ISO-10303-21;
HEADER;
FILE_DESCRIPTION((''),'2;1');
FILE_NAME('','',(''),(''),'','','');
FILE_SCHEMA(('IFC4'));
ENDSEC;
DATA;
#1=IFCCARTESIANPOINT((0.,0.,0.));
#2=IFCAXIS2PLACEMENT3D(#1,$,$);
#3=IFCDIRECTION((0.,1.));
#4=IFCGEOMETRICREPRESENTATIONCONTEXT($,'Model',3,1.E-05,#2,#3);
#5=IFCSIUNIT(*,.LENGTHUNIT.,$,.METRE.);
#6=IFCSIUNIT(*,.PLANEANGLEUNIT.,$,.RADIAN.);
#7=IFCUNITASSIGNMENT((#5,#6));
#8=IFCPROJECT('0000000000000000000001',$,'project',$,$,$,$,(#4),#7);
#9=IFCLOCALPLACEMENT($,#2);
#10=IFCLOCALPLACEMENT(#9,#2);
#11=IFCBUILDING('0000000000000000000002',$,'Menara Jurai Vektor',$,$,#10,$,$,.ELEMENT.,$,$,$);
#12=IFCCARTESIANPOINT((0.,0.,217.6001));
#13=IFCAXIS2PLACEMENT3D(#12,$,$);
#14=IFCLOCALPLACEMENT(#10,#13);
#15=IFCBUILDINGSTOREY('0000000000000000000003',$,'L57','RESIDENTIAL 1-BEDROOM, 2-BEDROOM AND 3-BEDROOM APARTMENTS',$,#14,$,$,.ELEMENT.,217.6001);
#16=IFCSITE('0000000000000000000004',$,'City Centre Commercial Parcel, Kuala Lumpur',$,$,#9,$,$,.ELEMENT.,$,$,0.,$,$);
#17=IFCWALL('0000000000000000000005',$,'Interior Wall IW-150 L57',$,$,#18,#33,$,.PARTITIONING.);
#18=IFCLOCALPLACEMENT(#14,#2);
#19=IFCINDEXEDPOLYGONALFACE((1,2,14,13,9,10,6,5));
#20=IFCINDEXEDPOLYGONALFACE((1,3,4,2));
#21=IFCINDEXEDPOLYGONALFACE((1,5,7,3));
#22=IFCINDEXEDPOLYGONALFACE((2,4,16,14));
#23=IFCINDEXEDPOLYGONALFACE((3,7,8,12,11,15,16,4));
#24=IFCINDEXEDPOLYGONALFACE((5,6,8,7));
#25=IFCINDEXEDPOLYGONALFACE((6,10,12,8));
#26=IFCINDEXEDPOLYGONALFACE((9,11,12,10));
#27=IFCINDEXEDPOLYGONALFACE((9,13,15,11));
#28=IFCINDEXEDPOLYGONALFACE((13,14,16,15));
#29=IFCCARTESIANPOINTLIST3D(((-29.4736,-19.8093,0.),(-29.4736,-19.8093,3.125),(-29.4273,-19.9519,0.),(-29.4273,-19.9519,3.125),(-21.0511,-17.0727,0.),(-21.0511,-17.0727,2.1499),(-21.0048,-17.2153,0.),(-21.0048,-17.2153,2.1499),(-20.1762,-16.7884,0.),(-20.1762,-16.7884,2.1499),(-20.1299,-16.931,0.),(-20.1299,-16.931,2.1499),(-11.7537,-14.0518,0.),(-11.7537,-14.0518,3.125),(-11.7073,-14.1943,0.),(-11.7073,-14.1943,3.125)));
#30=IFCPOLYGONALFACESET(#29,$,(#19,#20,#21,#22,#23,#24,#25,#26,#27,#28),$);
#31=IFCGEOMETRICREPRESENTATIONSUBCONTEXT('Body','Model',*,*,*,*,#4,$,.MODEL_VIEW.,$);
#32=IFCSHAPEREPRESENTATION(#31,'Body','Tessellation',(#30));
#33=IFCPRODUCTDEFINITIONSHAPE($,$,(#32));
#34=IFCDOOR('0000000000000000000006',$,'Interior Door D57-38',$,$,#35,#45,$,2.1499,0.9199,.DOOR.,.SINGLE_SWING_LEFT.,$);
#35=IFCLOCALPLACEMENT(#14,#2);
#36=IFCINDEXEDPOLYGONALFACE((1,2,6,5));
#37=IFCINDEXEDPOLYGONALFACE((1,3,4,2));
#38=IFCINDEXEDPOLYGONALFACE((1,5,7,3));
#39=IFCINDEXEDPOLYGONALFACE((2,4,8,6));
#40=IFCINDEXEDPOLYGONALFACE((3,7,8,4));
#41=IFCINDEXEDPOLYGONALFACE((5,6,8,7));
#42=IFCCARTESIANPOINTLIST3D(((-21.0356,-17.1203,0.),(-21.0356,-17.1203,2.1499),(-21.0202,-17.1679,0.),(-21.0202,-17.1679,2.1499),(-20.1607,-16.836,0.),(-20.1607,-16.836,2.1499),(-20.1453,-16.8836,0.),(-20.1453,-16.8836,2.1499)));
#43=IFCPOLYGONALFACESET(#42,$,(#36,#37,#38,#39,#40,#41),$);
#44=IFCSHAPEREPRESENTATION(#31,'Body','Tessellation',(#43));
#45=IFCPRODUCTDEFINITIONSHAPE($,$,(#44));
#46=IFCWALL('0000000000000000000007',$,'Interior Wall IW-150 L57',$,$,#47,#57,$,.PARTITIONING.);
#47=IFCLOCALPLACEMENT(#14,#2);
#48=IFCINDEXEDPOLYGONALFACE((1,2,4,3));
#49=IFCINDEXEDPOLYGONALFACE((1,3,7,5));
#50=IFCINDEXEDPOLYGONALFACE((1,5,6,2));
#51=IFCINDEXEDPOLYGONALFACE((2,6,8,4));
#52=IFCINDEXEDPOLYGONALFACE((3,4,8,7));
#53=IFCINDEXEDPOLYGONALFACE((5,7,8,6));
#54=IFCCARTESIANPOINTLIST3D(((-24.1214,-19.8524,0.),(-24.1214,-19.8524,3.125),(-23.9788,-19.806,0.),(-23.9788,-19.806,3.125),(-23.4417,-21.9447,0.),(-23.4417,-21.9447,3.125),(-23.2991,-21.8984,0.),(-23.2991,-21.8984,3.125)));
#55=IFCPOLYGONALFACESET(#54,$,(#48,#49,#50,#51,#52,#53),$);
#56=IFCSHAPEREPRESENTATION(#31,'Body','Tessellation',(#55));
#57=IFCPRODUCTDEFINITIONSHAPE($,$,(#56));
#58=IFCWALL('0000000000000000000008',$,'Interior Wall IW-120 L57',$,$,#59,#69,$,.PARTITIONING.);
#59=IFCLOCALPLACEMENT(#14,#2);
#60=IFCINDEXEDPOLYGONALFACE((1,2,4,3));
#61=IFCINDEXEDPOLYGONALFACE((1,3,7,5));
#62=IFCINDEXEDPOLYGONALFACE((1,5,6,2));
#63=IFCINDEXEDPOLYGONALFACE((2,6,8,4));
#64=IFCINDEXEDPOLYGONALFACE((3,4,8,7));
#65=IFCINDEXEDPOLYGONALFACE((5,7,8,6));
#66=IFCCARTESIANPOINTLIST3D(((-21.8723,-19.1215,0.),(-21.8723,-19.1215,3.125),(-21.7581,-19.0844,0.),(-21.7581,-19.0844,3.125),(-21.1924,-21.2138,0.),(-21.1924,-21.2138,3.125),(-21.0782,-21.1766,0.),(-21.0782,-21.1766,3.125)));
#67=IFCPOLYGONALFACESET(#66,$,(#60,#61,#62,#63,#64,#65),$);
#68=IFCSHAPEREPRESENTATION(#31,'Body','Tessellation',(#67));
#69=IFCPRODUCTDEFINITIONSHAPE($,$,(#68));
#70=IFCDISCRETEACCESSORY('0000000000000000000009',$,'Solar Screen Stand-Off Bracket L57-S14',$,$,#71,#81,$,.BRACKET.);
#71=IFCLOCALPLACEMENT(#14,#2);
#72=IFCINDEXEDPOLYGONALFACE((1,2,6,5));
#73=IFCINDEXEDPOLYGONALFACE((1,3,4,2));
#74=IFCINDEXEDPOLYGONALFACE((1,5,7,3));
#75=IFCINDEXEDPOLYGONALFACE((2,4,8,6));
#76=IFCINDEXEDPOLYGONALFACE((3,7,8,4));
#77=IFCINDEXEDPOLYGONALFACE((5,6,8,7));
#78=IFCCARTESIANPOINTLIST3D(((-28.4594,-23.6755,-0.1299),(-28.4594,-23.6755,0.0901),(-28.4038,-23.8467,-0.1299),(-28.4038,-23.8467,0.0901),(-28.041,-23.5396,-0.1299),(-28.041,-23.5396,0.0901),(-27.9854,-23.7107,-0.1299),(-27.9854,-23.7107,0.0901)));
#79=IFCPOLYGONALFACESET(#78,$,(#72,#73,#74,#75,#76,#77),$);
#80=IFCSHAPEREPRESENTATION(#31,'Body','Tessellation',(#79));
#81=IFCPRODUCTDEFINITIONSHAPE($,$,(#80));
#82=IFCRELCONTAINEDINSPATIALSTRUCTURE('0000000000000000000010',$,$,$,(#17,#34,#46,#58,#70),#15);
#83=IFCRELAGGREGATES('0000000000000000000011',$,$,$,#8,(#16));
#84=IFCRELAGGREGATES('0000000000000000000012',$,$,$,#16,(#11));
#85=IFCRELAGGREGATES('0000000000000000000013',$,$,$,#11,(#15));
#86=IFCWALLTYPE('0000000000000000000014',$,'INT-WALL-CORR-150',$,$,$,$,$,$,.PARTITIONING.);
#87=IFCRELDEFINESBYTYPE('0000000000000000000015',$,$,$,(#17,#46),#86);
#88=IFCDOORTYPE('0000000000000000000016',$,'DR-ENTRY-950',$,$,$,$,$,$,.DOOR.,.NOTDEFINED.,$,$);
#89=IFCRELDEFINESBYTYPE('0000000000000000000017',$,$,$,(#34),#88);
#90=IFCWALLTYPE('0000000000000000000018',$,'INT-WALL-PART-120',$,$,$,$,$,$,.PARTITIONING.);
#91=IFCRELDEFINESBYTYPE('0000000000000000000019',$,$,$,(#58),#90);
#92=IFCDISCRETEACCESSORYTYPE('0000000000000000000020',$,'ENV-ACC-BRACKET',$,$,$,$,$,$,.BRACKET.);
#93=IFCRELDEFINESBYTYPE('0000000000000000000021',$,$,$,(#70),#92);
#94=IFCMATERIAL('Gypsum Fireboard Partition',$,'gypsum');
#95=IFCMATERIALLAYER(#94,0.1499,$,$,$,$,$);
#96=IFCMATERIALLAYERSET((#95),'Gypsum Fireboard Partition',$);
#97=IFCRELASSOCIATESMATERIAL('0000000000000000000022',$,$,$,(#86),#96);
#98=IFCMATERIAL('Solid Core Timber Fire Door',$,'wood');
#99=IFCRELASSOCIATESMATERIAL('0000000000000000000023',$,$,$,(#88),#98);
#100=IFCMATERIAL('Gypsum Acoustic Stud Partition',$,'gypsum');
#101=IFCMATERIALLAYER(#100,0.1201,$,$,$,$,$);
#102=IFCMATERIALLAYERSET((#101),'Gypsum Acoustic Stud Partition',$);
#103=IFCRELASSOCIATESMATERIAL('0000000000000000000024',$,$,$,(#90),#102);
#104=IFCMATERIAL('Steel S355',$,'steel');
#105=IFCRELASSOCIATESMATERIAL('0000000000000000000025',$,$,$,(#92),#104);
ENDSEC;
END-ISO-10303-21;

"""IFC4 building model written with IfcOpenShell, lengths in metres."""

from ifc_helpers import new_model, si_unit, direction, frame, frame_2d, origin, origin_2d, place, context, subcontext, project, spatial, rectangle, extrude, material, layer, layer_set, type_object, element, fill, save


model = new_model("IFC4")

# Units and contexts
model_context = context("Model", 3, precision=1e-05, world=origin(), true_north=direction((0.0, 1.0)))
body_context = subcontext(model_context, "Body", "Model", "MODEL_VIEW")
ifc_project = project(units=[si_unit("LENGTHUNIT", "METRE"), si_unit("PLANEANGLEUNIT", "RADIAN")], contexts=[model_context])

# Site, building, storey
site_placement = place(None, origin())
site = spatial("IfcSite", under=ifc_project, at=site_placement, Name="City Centre Commercial Parcel, Kuala Lumpur", CompositionType="ELEMENT", RefElevation=0.0)
building_placement = place(site_placement, origin())
building = spatial("IfcBuilding", under=site, at=building_placement, Name="Menara Jurai Vektor", CompositionType="ELEMENT")
storey_placement = place(building_placement, frame((0.0, 0.0, 217.6001)))
storey = spatial("IfcBuildingStorey", under=building, at=storey_placement, Name="L57", Description="RESIDENTIAL 1-BEDROOM, 2-BEDROOM AND 3-BEDROOM APARTMENTS", CompositionType="ELEMENT", Elevation=217.6001)

# Shared definitions
ifc_material_1 = material(Name="Steel S355", Category="steel")

# Shared definitions
ifc_material_2 = material(Name="Gypsum Fireboard Partition", Category="gypsum")
ifc_layer_1 = layer(ifc_material_2, 0.1499)
ifc_layer_set_1 = layer_set([ifc_layer_1], Name="Gypsum Fireboard Partition")
wall_type_1 = type_object("IfcWallType", Name="INT-WALL-CORR-150", PredefinedType="PARTITIONING", material=ifc_layer_set_1)

# Wall, opening, door
wall_1_placement = place(storey_placement, frame((-29.4504, -19.8806, 0.0), z_axis=(0.0, 0.0, 1.0), x_axis=(0.951057, 0.309017, 0.0)))
wall_1 = element("IfcWall", 1, at=wall_1_placement, inside=storey, type_object=wall_type_1, Name="Interior Wall IW-150 L57", PredefinedType="PARTITIONING", context=body_context, shape_type="SweptSolid", body=[
    extrude(rectangle(XDim=18.6318, YDim=0.1499, at=frame_2d((9.3159, 0.0))), origin(), (0.0, 0.0, 1.0), 3.125),
])
opening_1_placement = place(wall_1_placement, frame((8.856, 0.0, 0.0)))
opening_1 = element("IfcOpeningElement", 2, at=opening_1_placement, cuts=wall_1, PredefinedType="OPENING", context=body_context, shape_type="SweptSolid", body=[
    extrude(rectangle(XDim=0.9199, YDim=2.1499, at=frame_2d((0.46, 1.075))), frame((0.0, 0.085, 0.0), z_axis=(0.0, -1.0, 0.0), x_axis=(1.0, 0.0, 0.0)), (0.0, 0.0, 1.0), 0.1699),
])
ifc_material_3 = material(Name="Solid Core Timber Fire Door", Category="wood")
door_type_1 = type_object("IfcDoorType", Name="DR-ENTRY-950", OperationType="NOTDEFINED", PredefinedType="DOOR", material=ifc_material_3)
door_1_placement = place(opening_1_placement, origin())
door_1 = element("IfcDoor", 3, at=door_1_placement, inside=storey, type_object=door_type_1, Name="Interior Door D57-38", OperationType="SINGLE_SWING_LEFT", OverallHeight=2.1499, OverallWidth=0.9199, PredefinedType="DOOR", context=body_context, shape_type="SweptSolid", body=[
    extrude(rectangle(XDim=0.9199, YDim=2.1499, at=frame_2d((0.46, 1.075))), frame((0.0, 0.0249, 0.0), z_axis=(0.0, -1.0, 0.0), x_axis=(1.0, 0.0, 0.0)), (0.0, 0.0, 1.0), 0.05),
])
fill(opening_1, door_1)

# Wall
wall_2_placement = place(storey_placement, frame((-23.3704, -21.9216, 0.0), z_axis=(0.0, 0.0, 1.0), x_axis=(-0.308961, 0.951075, 0.0)))
element("IfcWall", 4, at=wall_2_placement, inside=storey, type_object=wall_type_1, Name="Interior Wall IW-150 L57", PredefinedType="PARTITIONING", context=body_context, shape_type="SweptSolid", body=[
    extrude(rectangle(XDim=2.2, YDim=0.1499, at=frame_2d((1.1001, 0.0))), origin(), (0.0, 0.0, 1.0), 3.125),
])

# Wall
ifc_material_4 = material(Name="Gypsum Acoustic Stud Partition", Category="gypsum")
ifc_layer_2 = layer(ifc_material_4, 0.1201)
ifc_layer_set_2 = layer_set([ifc_layer_2], Name="Gypsum Acoustic Stud Partition")
wall_type_2 = type_object("IfcWallType", Name="INT-WALL-PART-120", PredefinedType="PARTITIONING", material=ifc_layer_set_2)
wall_3_placement = place(storey_placement, frame((-21.1353, -21.1953, 0.0), z_axis=(0.0, 0.0, 1.0), x_axis=(-0.309061, 0.951042, 0.0)))
element("IfcWall", 5, at=wall_3_placement, inside=storey, type_object=wall_type_2, Name="Interior Wall IW-120 L57", PredefinedType="PARTITIONING", context=body_context, shape_type="SweptSolid", body=[
    extrude(rectangle(XDim=2.2, YDim=0.1201, at=frame_2d((1.1001, 0.0))), origin(), (0.0, 0.0, 1.0), 3.125),
])

# Discrete accessory
discrete_accessory_type = type_object("IfcDiscreteAccessoryType", Name="ENV-ACC-BRACKET", PredefinedType="BRACKET", material=ifc_material_1)
discrete_accessory_placement = place(storey_placement, frame((-28.2224, -23.6931, -0.1299), z_axis=(0.0, 0.0, 1.0), x_axis=(0.309017, -0.951057, 0.0)))
element("IfcDiscreteAccessory", 6, at=discrete_accessory_placement, inside=storey, type_object=discrete_accessory_type, Name="Solar Screen Stand-Off Bracket L57-S14", PredefinedType="BRACKET", context=body_context, shape_type="SweptSolid", body=[
    extrude(rectangle(XDim=0.1799, YDim=0.4399, at=origin_2d()), origin(), (0.0, 0.0, 1.0), 0.22),
])

save(model, "model.ifc")
